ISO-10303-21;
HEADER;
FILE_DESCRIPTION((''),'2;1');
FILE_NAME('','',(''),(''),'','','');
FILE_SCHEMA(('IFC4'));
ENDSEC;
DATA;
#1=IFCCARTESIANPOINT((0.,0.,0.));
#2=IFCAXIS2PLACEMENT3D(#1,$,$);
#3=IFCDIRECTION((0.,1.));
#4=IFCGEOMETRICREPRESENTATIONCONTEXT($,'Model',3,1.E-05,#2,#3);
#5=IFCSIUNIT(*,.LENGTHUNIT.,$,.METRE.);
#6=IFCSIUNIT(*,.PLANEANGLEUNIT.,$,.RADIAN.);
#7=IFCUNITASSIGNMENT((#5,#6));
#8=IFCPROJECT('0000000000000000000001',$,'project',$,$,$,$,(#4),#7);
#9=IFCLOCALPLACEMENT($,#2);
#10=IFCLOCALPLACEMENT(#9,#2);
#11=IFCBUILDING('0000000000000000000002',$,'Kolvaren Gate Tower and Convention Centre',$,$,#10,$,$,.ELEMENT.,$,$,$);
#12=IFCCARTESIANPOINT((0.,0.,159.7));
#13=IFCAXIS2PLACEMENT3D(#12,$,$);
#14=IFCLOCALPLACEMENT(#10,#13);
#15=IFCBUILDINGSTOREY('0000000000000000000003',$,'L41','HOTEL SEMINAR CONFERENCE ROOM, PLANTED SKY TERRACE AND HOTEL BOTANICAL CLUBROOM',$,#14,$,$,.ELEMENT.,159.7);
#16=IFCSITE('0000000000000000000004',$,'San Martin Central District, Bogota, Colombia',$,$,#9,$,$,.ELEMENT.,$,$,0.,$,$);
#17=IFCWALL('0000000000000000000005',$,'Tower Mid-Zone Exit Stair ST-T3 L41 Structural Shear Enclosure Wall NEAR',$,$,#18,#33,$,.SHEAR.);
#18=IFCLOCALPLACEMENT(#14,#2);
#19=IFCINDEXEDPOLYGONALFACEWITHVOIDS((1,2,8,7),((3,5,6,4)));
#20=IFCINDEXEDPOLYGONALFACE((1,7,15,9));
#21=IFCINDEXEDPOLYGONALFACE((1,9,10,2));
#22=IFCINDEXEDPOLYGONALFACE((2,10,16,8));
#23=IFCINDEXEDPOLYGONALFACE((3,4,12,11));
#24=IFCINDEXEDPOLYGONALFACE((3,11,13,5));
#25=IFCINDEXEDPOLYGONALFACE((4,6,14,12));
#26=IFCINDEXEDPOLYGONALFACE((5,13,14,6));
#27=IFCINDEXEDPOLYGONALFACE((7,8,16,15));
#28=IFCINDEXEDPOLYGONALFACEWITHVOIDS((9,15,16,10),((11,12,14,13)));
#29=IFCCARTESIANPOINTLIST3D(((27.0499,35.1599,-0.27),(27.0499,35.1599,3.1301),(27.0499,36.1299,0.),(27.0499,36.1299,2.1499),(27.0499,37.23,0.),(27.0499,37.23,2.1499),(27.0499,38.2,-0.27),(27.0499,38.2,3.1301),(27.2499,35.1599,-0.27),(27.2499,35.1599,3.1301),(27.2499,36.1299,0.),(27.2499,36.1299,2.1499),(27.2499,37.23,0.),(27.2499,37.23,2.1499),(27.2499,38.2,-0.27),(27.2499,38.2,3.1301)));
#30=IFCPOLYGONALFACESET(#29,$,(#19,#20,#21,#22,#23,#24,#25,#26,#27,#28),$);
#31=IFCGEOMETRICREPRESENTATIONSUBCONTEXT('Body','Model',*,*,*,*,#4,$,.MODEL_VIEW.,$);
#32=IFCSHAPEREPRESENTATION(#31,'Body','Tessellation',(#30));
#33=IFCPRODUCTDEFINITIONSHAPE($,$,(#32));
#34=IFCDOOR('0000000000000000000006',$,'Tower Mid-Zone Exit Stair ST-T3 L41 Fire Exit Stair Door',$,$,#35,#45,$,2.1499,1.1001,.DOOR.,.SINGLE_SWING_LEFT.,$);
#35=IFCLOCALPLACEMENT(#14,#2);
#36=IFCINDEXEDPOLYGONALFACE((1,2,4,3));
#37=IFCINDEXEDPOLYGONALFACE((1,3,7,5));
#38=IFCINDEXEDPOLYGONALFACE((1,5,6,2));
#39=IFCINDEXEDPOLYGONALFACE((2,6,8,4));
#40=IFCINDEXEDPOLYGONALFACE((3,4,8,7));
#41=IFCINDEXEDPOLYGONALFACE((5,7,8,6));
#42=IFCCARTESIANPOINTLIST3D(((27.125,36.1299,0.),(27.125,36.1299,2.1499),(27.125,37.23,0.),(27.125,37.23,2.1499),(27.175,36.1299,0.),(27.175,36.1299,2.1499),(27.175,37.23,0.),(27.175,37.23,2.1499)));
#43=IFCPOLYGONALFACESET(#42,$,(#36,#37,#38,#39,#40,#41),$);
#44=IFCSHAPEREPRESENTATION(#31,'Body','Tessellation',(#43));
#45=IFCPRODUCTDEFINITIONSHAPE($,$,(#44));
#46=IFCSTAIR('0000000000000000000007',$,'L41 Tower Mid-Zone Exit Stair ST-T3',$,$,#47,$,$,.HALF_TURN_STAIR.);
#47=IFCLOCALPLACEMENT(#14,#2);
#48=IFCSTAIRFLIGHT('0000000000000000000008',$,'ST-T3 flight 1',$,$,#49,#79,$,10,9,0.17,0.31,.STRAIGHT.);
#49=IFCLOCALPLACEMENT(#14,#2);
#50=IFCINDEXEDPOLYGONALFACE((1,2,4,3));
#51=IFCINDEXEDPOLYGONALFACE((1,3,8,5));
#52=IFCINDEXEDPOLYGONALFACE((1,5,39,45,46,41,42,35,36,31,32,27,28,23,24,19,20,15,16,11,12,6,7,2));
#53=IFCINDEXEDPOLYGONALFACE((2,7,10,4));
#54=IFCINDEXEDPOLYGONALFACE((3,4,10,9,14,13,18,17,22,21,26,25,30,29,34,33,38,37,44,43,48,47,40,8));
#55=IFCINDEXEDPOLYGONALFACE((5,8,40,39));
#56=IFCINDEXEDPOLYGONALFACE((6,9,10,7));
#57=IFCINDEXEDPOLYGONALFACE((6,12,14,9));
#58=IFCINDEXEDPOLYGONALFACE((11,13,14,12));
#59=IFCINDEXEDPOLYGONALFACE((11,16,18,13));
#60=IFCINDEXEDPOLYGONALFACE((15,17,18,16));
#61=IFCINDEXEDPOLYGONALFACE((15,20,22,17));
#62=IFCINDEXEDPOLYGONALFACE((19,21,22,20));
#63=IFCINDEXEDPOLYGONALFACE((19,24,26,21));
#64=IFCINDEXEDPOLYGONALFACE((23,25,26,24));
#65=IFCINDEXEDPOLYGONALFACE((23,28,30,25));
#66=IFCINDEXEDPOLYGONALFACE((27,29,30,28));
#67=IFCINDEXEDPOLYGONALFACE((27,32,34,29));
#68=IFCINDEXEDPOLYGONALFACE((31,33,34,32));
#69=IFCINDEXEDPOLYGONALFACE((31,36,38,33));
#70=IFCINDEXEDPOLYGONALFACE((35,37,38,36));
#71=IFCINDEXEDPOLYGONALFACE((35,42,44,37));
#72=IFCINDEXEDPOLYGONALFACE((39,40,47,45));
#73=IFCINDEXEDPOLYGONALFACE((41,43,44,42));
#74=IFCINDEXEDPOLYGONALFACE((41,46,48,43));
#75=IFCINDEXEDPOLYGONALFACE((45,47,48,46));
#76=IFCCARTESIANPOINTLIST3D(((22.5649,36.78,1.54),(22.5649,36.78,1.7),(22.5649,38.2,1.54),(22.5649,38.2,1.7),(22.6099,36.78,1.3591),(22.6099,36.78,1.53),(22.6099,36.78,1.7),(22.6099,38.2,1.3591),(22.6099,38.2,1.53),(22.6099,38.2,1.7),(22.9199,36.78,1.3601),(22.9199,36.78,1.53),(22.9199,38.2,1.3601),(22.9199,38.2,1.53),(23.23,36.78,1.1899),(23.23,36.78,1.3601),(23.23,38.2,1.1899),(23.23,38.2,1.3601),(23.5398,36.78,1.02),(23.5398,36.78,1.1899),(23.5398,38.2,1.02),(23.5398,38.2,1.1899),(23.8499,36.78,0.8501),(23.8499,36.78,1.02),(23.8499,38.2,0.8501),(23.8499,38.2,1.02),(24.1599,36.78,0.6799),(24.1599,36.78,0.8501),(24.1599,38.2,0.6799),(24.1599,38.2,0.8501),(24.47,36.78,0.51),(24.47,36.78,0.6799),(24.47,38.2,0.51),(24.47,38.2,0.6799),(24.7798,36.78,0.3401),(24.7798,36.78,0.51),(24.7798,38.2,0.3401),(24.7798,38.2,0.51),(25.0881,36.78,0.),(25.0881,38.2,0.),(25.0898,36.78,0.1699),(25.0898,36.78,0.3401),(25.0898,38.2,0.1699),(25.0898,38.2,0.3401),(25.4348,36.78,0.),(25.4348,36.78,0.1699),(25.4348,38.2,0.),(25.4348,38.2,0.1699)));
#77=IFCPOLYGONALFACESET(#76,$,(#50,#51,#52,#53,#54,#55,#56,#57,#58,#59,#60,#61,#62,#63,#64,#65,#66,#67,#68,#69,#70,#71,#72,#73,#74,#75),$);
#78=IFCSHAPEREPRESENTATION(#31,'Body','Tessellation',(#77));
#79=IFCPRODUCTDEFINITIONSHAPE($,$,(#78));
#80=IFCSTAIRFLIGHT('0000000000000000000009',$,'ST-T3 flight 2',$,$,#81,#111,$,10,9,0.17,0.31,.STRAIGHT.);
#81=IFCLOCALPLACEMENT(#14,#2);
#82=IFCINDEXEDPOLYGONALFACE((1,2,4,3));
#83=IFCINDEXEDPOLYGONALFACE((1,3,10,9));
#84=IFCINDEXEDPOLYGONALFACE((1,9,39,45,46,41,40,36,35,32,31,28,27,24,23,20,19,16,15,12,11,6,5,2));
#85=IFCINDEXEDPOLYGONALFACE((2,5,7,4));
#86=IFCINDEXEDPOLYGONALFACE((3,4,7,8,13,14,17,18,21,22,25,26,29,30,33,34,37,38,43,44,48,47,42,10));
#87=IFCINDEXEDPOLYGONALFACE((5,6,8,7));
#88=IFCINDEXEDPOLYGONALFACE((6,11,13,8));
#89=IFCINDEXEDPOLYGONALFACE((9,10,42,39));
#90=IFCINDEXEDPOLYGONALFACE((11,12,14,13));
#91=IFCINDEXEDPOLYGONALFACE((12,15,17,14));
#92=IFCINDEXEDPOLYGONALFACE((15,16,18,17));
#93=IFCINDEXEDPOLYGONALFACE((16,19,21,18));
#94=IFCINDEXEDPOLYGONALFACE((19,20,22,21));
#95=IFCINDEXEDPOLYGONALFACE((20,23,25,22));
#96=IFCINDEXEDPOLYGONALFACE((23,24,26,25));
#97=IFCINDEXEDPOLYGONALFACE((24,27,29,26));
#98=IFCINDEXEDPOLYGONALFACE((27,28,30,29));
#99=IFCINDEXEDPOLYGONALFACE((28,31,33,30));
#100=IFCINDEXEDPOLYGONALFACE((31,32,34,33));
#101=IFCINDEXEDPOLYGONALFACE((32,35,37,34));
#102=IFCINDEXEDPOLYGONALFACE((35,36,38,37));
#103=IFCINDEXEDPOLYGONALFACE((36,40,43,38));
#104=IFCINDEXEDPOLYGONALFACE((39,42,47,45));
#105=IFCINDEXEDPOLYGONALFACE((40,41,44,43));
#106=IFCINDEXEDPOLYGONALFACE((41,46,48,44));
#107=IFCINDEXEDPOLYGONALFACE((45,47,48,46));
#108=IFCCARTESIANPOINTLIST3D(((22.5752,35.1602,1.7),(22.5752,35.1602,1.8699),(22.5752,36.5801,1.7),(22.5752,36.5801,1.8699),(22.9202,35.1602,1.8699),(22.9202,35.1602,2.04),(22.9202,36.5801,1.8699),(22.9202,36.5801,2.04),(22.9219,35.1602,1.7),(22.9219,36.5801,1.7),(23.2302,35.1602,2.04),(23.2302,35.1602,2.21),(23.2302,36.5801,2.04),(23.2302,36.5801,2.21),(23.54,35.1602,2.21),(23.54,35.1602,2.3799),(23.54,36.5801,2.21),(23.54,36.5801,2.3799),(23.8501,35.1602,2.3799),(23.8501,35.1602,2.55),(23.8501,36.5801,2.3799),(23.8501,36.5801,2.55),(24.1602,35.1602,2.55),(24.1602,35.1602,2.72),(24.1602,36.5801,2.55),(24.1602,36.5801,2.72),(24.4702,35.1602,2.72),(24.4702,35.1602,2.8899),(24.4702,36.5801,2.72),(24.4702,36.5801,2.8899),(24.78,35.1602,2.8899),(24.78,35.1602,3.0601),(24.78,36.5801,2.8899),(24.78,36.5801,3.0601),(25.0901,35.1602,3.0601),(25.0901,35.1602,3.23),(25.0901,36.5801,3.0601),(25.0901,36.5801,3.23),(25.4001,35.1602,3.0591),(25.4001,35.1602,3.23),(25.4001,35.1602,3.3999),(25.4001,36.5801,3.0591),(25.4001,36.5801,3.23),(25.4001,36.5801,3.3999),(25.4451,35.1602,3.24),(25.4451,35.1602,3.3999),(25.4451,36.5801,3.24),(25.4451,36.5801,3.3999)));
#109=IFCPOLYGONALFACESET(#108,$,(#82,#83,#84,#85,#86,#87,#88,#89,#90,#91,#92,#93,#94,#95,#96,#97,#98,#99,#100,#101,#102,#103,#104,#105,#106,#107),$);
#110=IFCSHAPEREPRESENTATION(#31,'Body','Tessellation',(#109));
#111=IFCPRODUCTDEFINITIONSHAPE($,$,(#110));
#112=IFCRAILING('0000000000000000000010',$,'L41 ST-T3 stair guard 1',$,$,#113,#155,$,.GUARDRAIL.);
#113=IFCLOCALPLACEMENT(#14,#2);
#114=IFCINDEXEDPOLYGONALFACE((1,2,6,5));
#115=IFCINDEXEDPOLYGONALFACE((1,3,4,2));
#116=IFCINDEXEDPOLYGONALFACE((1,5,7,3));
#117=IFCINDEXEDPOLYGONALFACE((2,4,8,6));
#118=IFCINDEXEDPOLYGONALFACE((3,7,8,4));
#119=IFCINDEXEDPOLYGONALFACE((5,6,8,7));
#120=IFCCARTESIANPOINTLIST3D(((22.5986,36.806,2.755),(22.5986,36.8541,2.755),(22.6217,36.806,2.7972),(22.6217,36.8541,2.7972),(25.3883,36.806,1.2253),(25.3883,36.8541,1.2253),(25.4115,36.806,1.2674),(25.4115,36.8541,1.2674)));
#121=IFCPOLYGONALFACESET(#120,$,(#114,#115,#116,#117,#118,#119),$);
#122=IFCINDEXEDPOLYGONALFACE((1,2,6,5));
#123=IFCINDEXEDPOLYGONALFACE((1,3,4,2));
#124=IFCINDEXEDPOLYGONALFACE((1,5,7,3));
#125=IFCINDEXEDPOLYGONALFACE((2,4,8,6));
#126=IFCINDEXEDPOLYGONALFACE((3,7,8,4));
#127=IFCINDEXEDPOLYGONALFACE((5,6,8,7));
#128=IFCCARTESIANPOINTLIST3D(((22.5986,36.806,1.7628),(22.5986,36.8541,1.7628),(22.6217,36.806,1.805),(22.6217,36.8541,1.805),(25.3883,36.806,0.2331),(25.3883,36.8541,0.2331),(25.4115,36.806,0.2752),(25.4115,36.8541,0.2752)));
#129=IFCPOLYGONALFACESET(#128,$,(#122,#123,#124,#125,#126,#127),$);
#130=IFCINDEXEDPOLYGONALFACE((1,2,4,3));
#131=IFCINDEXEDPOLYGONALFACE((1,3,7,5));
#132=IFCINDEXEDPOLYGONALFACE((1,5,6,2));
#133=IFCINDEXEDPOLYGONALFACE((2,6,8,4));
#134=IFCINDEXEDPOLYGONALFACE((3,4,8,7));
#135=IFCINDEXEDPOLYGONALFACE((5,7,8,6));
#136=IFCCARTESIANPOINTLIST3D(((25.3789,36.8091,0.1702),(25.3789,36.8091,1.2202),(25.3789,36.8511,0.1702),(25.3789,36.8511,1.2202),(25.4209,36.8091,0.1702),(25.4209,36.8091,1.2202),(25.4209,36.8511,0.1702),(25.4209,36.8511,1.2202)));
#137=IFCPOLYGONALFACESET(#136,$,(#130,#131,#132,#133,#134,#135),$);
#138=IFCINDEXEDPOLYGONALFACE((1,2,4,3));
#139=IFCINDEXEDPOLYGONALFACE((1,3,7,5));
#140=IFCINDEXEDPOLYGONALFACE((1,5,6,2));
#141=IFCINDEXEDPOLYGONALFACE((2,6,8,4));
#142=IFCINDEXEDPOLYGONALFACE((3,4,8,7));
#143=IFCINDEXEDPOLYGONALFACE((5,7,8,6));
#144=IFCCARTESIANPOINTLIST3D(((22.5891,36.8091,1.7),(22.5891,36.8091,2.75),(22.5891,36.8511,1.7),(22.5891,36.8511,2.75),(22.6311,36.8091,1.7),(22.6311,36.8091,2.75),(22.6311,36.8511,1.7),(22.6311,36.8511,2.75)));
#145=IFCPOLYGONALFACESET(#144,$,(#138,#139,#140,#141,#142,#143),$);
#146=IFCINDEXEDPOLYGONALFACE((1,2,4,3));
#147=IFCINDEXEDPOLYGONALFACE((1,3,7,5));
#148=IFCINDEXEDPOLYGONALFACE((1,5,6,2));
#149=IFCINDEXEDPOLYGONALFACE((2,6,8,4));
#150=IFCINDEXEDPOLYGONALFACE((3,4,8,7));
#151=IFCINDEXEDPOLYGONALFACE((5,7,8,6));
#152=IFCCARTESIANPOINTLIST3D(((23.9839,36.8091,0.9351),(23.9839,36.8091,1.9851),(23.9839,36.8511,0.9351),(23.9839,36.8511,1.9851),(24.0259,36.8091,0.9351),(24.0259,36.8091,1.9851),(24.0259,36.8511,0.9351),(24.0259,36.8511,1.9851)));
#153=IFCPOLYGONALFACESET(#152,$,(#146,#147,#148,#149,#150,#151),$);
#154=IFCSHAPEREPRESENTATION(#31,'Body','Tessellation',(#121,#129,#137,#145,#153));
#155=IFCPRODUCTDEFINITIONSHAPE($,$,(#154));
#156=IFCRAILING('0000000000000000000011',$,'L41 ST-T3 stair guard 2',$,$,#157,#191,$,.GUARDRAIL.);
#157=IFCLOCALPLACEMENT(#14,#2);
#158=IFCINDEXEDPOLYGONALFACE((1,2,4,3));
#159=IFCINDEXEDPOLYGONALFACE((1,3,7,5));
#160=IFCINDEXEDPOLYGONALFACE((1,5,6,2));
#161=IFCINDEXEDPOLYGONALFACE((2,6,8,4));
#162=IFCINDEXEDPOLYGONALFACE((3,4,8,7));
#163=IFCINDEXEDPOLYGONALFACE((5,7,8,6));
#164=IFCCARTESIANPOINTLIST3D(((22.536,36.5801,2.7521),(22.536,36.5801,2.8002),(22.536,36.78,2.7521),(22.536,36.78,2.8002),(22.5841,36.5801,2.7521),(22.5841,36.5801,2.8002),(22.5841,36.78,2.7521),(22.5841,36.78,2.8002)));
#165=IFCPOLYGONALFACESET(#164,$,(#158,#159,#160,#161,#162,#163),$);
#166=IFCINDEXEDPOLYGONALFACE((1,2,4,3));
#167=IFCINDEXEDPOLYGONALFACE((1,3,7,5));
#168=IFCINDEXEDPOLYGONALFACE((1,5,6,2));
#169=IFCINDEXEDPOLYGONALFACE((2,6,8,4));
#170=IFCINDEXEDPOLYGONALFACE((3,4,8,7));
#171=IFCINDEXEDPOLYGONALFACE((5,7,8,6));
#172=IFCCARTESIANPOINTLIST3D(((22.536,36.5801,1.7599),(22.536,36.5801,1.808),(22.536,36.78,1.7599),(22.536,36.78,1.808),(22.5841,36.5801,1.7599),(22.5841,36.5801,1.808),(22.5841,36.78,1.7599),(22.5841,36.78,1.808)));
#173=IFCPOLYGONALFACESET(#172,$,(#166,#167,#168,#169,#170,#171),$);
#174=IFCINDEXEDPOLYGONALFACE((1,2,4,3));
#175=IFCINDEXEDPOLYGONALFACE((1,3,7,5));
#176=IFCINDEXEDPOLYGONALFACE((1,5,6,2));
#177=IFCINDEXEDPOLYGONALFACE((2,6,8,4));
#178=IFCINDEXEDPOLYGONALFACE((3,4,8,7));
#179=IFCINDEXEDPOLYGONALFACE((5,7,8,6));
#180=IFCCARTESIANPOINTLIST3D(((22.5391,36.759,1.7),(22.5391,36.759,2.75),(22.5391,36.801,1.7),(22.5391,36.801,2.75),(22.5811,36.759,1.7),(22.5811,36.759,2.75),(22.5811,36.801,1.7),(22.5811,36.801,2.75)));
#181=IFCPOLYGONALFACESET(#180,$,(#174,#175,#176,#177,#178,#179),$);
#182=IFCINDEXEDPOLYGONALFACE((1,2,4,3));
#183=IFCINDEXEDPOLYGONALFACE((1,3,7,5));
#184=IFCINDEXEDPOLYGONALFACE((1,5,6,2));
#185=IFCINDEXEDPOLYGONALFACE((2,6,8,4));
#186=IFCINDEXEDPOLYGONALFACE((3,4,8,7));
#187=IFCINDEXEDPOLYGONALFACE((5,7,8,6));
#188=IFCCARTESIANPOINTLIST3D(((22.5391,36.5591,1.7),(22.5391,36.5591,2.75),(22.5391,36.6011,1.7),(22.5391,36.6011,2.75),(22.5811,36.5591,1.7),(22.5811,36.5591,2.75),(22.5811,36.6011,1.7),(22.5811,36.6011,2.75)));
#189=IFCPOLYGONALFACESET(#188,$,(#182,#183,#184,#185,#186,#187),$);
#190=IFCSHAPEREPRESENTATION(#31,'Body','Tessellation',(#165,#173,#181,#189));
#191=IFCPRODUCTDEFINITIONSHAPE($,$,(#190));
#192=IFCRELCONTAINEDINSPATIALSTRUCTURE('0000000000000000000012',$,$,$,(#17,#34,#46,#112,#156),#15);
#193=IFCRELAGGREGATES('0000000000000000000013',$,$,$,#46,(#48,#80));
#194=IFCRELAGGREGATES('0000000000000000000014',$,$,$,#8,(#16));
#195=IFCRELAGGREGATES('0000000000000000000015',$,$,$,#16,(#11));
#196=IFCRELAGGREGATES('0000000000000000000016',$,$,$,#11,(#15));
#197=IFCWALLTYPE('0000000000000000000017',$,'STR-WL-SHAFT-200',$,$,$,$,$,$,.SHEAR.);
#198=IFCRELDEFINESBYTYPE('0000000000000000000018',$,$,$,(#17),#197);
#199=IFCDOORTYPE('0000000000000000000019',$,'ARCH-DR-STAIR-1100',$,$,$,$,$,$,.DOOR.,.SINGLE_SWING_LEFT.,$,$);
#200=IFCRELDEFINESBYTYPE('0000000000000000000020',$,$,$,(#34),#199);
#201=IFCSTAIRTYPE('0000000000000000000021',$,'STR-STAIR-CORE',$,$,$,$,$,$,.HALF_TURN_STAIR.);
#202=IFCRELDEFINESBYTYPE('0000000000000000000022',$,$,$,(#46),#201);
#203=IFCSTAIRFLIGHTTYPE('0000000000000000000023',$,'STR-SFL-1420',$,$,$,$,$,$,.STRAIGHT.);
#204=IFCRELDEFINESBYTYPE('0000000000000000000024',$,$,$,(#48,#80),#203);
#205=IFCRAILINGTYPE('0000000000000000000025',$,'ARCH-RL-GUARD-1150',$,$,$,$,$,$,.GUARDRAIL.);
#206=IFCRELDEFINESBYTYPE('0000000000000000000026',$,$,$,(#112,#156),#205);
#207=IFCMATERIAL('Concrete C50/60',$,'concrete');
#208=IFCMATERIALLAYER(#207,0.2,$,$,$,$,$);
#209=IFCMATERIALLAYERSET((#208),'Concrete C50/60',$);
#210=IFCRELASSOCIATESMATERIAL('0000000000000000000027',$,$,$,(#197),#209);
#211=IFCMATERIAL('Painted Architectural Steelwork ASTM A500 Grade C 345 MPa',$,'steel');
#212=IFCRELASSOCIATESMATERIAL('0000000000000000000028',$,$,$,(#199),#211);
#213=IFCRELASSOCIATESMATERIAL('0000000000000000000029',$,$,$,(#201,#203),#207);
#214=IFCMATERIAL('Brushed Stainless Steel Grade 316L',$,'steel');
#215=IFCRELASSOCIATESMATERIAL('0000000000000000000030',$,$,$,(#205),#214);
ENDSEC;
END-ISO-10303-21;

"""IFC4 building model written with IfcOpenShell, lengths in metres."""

from ifc_helpers import new_model, si_unit, direction, frame, frame_2d, origin, origin_2d, place, context, subcontext, project, spatial, polyline, rectangle, outline, extrude, material, layer, layer_set, type_object, element, fill, aggregate, save


model = new_model("IFC4")

# Units and contexts
model_context = context("Model", 3, precision=1e-05, world=origin(), true_north=direction((0.0, 1.0)))
body_context = subcontext(model_context, "Body", "Model", "MODEL_VIEW")
ifc_project = project(units=[si_unit("LENGTHUNIT", "METRE"), si_unit("PLANEANGLEUNIT", "RADIAN")], contexts=[model_context])

# Site, building, storey
site_placement = place(None, origin())
site = spatial("IfcSite", under=ifc_project, at=site_placement, Name="San Martin Central District, Bogota, Colombia", CompositionType="ELEMENT", RefElevation=0.0)
building_placement = place(site_placement, origin())
building = spatial("IfcBuilding", under=site, at=building_placement, Name="Kolvaren Gate Tower and Convention Centre", CompositionType="ELEMENT")
storey_placement = place(building_placement, frame((0.0, 0.0, 159.7)))
storey = spatial("IfcBuildingStorey", under=building, at=storey_placement, Name="L41", Description="HOTEL SEMINAR CONFERENCE ROOM, PLANTED SKY TERRACE AND HOTEL BOTANICAL CLUBROOM", CompositionType="ELEMENT", Elevation=159.7)

# Wall, opening, door
ifc_material_1 = material(Name="Concrete C50/60", Category="concrete")
ifc_layer_1 = layer(ifc_material_1, 0.2)
ifc_layer_set_1 = layer_set([ifc_layer_1], Name="Concrete C50/60")
wall_type_1 = type_object("IfcWallType", Name="STR-WL-SHAFT-200", PredefinedType="SHEAR", material=ifc_layer_set_1)
wall_1_placement = place(storey_placement, frame((27.1499, 35.1599, -0.27), z_axis=(0.0, 0.0, 1.0), x_axis=(0.0, 1.0, 0.0)))
wall_1 = element("IfcWall", 1, at=wall_1_placement, inside=storey, type_object=wall_type_1, Name="Tower Mid-Zone Exit Stair ST-T3 L41 Structural Shear Enclosure Wall NEAR", PredefinedType="SHEAR", context=body_context, shape_type="SweptSolid", body=[
    extrude(rectangle(XDim=3.04, YDim=0.2, at=frame_2d((1.52, 0.0))), origin(), (0.0, 0.0, 1.0), 3.4001),
])
opening_1_placement = place(wall_1_placement, frame((0.97, 0.0, 0.27)))
opening_1 = element("IfcOpeningElement", 2, at=opening_1_placement, cuts=wall_1, PredefinedType="OPENING", context=body_context, shape_type="SweptSolid", body=[
    extrude(rectangle(XDim=1.1001, YDim=2.1499, at=frame_2d((0.55, 1.075))), frame((0.0, 0.1099, 0.0), z_axis=(0.0, -1.0, 0.0), x_axis=(1.0, 0.0, 0.0)), (0.0, 0.0, 1.0), 0.22),
])
ifc_material_2 = material(Name="Painted Architectural Steelwork ASTM A500 Grade C 345 MPa", Category="steel")
door_type_1 = type_object("IfcDoorType", Name="ARCH-DR-STAIR-1100", OperationType="SINGLE_SWING_LEFT", PredefinedType="DOOR", material=ifc_material_2)
door_1_placement = place(opening_1_placement, origin())
door_1 = element("IfcDoor", 3, at=door_1_placement, inside=storey, type_object=door_type_1, Name="Tower Mid-Zone Exit Stair ST-T3 L41 Fire Exit Stair Door", OperationType="SINGLE_SWING_LEFT", OverallHeight=2.1499, OverallWidth=1.1001, PredefinedType="DOOR", context=body_context, shape_type="SweptSolid", body=[
    extrude(rectangle(XDim=1.1001, YDim=2.1499, at=frame_2d((0.55, 1.075))), frame((0.0, 0.0249, 0.0), z_axis=(0.0, -1.0, 0.0), x_axis=(1.0, 0.0, 0.0)), (0.0, 0.0, 1.0), 0.05),
])
fill(opening_1, door_1)

# Stair, stair flights
stair_type = type_object("IfcStairType", Name="STR-STAIR-CORE", PredefinedType="HALF_TURN_STAIR", material=ifc_material_1)
stair_placement = place(storey_placement, origin())
stair = element("IfcStair", 4, at=stair_placement, inside=storey, type_object=stair_type, Name="L41 Tower Mid-Zone Exit Stair ST-T3", PredefinedType="HALF_TURN_STAIR")
stair_flight_type = type_object("IfcStairFlightType", Name="STR-SFL-1420", PredefinedType="STRAIGHT", material=ifc_material_1)
stair_flight_1_placement = place(storey_placement, frame((25.3999, 37.49, 0.0), z_axis=(0.0, 0.0, 1.0), x_axis=(-1.0, 0.0, 0.0)))
stair_flight_1 = element("IfcStairFlight", 5, at=stair_flight_1_placement, type_object=stair_flight_type, Name="ST-T3 flight 1", NumberOfRisers=10, NumberOfTreads=9, PredefinedType="STRAIGHT", RiserHeight=0.17, TreadLength=0.31, context=body_context, shape_type="SweptSolid", body=[
    extrude(outline(polyline([(-0.0349, 0.0), (-0.0349, 0.1699), (0.3101, 0.1699), (0.3101, 0.3401), (0.6201, 0.3401), (0.6201, 0.51), (0.9299, 0.51), (0.9299, 0.6799), (1.24, 0.6799), (1.24, 0.8501), (1.55, 0.8501), (1.55, 1.02), (1.8601, 1.02), (1.8601, 1.1899), (2.1699, 1.1899), (2.1699, 1.3601), (2.48, 1.3601), (2.48, 1.53), (2.79, 1.53), (2.79, 1.7), (2.835, 1.7), (2.835, 1.54), (2.79, 1.3591), (0.3118, 0.0), (-0.0349, 0.0)])), frame((0.0, 0.71, 0.0), z_axis=(0.0, -1.0, 0.0), x_axis=(1.0, 0.0, 0.0)), (0.0, 0.0, 1.0), 1.4199),
])
stair_flight_2_placement = place(storey_placement, frame((22.6101, 35.8701, 1.7), z_axis=(0.0, 0.0, 1.0), x_axis=(1.0, 0.0, 0.0)))
stair_flight_2 = element("IfcStairFlight", 6, at=stair_flight_2_placement, type_object=stair_flight_type, Name="ST-T3 flight 2", NumberOfRisers=10, NumberOfTreads=9, PredefinedType="STRAIGHT", RiserHeight=0.17, TreadLength=0.31, context=body_context, shape_type="SweptSolid", body=[
    extrude(outline(polyline([(-0.0349, 0.0), (-0.0349, 0.1699), (0.3101, 0.1699), (0.3101, 0.3401), (0.6201, 0.3401), (0.6201, 0.51), (0.9299, 0.51), (0.9299, 0.6799), (1.24, 0.6799), (1.24, 0.8501), (1.55, 0.8501), (1.55, 1.02), (1.8601, 1.02), (1.8601, 1.1899), (2.1699, 1.1899), (2.1699, 1.3601), (2.48, 1.3601), (2.48, 1.53), (2.79, 1.53), (2.79, 1.7), (2.835, 1.7), (2.835, 1.54), (2.79, 1.3591), (0.3118, 0.0), (-0.0349, 0.0)])), frame((0.0, 0.71, 0.0), z_axis=(0.0, -1.0, 0.0), x_axis=(1.0, 0.0, 0.0)), (0.0, 0.0, 1.0), 1.4199),
])
aggregate(stair, [stair_flight_1, stair_flight_2])

# Railings
ifc_material_3 = material(Name="Brushed Stainless Steel Grade 316L", Category="steel")
railing_type_1 = type_object("IfcRailingType", Name="ARCH-RL-GUARD-1150", PredefinedType="GUARDRAIL", material=ifc_material_3)
railing_1_placement = place(storey_placement, frame((25.3999, 36.8301, 0.1702)))
element("IfcRailing", 7, at=railing_1_placement, inside=storey, type_object=railing_type_1, Name="L41 ST-T3 stair guard 1", PredefinedType="GUARDRAIL", context=body_context, shape_type="SweptSolid", body=[
    extrude(rectangle(XDim=0.0481, YDim=0.0481, at=origin_2d()), frame((0.0, 0.0, 1.0762), z_axis=(-0.876826, 0.0, 0.480808), x_axis=(0.0, -1.0, 0.0)), (0.0, 0.0, 1.0), 3.1816),
    extrude(rectangle(XDim=0.0481, YDim=0.0481, at=origin_2d()), frame((0.0, 0.0, 0.084), z_axis=(-0.876826, 0.0, 0.480808), x_axis=(0.0, -1.0, 0.0)), (0.0, 0.0, 1.0), 3.1816),
    extrude(rectangle(XDim=0.042, YDim=0.042, at=origin_2d()), origin(), (0.0, 0.0, 1.0), 1.05),
    extrude(rectangle(XDim=0.042, YDim=0.042, at=origin_2d()), frame((-2.7898, 0.0, 1.5298)), (0.0, 0.0, 1.0), 1.05),
    extrude(rectangle(XDim=0.042, YDim=0.042, at=origin_2d()), frame((-1.395, 0.0, 0.7649)), (0.0, 0.0, 1.0), 1.05),
])
railing_2_placement = place(storey_placement, frame((22.5601, 36.78, 1.7)))
element("IfcRailing", 8, at=railing_2_placement, inside=storey, type_object=railing_type_1, Name="L41 ST-T3 stair guard 2", PredefinedType="GUARDRAIL", context=body_context, shape_type="SweptSolid", body=[
    extrude(rectangle(XDim=0.0481, YDim=0.0481, at=origin_2d()), frame((0.0, 0.0, 1.0762), z_axis=(0.0, -1.0, 0.0), x_axis=(1.0, 0.0, 0.0)), (0.0, 0.0, 1.0), 0.2),
    extrude(rectangle(XDim=0.0481, YDim=0.0481, at=origin_2d()), frame((0.0, 0.0, 0.084), z_axis=(0.0, -1.0, 0.0), x_axis=(1.0, 0.0, 0.0)), (0.0, 0.0, 1.0), 0.2),
    extrude(rectangle(XDim=0.042, YDim=0.042, at=origin_2d()), origin(), (0.0, 0.0, 1.0), 1.05),
    extrude(rectangle(XDim=0.042, YDim=0.042, at=origin_2d()), frame((0.0, -0.2, 0.0)), (0.0, 0.0, 1.0), 1.05),
])

save(model, "model.ifc")
